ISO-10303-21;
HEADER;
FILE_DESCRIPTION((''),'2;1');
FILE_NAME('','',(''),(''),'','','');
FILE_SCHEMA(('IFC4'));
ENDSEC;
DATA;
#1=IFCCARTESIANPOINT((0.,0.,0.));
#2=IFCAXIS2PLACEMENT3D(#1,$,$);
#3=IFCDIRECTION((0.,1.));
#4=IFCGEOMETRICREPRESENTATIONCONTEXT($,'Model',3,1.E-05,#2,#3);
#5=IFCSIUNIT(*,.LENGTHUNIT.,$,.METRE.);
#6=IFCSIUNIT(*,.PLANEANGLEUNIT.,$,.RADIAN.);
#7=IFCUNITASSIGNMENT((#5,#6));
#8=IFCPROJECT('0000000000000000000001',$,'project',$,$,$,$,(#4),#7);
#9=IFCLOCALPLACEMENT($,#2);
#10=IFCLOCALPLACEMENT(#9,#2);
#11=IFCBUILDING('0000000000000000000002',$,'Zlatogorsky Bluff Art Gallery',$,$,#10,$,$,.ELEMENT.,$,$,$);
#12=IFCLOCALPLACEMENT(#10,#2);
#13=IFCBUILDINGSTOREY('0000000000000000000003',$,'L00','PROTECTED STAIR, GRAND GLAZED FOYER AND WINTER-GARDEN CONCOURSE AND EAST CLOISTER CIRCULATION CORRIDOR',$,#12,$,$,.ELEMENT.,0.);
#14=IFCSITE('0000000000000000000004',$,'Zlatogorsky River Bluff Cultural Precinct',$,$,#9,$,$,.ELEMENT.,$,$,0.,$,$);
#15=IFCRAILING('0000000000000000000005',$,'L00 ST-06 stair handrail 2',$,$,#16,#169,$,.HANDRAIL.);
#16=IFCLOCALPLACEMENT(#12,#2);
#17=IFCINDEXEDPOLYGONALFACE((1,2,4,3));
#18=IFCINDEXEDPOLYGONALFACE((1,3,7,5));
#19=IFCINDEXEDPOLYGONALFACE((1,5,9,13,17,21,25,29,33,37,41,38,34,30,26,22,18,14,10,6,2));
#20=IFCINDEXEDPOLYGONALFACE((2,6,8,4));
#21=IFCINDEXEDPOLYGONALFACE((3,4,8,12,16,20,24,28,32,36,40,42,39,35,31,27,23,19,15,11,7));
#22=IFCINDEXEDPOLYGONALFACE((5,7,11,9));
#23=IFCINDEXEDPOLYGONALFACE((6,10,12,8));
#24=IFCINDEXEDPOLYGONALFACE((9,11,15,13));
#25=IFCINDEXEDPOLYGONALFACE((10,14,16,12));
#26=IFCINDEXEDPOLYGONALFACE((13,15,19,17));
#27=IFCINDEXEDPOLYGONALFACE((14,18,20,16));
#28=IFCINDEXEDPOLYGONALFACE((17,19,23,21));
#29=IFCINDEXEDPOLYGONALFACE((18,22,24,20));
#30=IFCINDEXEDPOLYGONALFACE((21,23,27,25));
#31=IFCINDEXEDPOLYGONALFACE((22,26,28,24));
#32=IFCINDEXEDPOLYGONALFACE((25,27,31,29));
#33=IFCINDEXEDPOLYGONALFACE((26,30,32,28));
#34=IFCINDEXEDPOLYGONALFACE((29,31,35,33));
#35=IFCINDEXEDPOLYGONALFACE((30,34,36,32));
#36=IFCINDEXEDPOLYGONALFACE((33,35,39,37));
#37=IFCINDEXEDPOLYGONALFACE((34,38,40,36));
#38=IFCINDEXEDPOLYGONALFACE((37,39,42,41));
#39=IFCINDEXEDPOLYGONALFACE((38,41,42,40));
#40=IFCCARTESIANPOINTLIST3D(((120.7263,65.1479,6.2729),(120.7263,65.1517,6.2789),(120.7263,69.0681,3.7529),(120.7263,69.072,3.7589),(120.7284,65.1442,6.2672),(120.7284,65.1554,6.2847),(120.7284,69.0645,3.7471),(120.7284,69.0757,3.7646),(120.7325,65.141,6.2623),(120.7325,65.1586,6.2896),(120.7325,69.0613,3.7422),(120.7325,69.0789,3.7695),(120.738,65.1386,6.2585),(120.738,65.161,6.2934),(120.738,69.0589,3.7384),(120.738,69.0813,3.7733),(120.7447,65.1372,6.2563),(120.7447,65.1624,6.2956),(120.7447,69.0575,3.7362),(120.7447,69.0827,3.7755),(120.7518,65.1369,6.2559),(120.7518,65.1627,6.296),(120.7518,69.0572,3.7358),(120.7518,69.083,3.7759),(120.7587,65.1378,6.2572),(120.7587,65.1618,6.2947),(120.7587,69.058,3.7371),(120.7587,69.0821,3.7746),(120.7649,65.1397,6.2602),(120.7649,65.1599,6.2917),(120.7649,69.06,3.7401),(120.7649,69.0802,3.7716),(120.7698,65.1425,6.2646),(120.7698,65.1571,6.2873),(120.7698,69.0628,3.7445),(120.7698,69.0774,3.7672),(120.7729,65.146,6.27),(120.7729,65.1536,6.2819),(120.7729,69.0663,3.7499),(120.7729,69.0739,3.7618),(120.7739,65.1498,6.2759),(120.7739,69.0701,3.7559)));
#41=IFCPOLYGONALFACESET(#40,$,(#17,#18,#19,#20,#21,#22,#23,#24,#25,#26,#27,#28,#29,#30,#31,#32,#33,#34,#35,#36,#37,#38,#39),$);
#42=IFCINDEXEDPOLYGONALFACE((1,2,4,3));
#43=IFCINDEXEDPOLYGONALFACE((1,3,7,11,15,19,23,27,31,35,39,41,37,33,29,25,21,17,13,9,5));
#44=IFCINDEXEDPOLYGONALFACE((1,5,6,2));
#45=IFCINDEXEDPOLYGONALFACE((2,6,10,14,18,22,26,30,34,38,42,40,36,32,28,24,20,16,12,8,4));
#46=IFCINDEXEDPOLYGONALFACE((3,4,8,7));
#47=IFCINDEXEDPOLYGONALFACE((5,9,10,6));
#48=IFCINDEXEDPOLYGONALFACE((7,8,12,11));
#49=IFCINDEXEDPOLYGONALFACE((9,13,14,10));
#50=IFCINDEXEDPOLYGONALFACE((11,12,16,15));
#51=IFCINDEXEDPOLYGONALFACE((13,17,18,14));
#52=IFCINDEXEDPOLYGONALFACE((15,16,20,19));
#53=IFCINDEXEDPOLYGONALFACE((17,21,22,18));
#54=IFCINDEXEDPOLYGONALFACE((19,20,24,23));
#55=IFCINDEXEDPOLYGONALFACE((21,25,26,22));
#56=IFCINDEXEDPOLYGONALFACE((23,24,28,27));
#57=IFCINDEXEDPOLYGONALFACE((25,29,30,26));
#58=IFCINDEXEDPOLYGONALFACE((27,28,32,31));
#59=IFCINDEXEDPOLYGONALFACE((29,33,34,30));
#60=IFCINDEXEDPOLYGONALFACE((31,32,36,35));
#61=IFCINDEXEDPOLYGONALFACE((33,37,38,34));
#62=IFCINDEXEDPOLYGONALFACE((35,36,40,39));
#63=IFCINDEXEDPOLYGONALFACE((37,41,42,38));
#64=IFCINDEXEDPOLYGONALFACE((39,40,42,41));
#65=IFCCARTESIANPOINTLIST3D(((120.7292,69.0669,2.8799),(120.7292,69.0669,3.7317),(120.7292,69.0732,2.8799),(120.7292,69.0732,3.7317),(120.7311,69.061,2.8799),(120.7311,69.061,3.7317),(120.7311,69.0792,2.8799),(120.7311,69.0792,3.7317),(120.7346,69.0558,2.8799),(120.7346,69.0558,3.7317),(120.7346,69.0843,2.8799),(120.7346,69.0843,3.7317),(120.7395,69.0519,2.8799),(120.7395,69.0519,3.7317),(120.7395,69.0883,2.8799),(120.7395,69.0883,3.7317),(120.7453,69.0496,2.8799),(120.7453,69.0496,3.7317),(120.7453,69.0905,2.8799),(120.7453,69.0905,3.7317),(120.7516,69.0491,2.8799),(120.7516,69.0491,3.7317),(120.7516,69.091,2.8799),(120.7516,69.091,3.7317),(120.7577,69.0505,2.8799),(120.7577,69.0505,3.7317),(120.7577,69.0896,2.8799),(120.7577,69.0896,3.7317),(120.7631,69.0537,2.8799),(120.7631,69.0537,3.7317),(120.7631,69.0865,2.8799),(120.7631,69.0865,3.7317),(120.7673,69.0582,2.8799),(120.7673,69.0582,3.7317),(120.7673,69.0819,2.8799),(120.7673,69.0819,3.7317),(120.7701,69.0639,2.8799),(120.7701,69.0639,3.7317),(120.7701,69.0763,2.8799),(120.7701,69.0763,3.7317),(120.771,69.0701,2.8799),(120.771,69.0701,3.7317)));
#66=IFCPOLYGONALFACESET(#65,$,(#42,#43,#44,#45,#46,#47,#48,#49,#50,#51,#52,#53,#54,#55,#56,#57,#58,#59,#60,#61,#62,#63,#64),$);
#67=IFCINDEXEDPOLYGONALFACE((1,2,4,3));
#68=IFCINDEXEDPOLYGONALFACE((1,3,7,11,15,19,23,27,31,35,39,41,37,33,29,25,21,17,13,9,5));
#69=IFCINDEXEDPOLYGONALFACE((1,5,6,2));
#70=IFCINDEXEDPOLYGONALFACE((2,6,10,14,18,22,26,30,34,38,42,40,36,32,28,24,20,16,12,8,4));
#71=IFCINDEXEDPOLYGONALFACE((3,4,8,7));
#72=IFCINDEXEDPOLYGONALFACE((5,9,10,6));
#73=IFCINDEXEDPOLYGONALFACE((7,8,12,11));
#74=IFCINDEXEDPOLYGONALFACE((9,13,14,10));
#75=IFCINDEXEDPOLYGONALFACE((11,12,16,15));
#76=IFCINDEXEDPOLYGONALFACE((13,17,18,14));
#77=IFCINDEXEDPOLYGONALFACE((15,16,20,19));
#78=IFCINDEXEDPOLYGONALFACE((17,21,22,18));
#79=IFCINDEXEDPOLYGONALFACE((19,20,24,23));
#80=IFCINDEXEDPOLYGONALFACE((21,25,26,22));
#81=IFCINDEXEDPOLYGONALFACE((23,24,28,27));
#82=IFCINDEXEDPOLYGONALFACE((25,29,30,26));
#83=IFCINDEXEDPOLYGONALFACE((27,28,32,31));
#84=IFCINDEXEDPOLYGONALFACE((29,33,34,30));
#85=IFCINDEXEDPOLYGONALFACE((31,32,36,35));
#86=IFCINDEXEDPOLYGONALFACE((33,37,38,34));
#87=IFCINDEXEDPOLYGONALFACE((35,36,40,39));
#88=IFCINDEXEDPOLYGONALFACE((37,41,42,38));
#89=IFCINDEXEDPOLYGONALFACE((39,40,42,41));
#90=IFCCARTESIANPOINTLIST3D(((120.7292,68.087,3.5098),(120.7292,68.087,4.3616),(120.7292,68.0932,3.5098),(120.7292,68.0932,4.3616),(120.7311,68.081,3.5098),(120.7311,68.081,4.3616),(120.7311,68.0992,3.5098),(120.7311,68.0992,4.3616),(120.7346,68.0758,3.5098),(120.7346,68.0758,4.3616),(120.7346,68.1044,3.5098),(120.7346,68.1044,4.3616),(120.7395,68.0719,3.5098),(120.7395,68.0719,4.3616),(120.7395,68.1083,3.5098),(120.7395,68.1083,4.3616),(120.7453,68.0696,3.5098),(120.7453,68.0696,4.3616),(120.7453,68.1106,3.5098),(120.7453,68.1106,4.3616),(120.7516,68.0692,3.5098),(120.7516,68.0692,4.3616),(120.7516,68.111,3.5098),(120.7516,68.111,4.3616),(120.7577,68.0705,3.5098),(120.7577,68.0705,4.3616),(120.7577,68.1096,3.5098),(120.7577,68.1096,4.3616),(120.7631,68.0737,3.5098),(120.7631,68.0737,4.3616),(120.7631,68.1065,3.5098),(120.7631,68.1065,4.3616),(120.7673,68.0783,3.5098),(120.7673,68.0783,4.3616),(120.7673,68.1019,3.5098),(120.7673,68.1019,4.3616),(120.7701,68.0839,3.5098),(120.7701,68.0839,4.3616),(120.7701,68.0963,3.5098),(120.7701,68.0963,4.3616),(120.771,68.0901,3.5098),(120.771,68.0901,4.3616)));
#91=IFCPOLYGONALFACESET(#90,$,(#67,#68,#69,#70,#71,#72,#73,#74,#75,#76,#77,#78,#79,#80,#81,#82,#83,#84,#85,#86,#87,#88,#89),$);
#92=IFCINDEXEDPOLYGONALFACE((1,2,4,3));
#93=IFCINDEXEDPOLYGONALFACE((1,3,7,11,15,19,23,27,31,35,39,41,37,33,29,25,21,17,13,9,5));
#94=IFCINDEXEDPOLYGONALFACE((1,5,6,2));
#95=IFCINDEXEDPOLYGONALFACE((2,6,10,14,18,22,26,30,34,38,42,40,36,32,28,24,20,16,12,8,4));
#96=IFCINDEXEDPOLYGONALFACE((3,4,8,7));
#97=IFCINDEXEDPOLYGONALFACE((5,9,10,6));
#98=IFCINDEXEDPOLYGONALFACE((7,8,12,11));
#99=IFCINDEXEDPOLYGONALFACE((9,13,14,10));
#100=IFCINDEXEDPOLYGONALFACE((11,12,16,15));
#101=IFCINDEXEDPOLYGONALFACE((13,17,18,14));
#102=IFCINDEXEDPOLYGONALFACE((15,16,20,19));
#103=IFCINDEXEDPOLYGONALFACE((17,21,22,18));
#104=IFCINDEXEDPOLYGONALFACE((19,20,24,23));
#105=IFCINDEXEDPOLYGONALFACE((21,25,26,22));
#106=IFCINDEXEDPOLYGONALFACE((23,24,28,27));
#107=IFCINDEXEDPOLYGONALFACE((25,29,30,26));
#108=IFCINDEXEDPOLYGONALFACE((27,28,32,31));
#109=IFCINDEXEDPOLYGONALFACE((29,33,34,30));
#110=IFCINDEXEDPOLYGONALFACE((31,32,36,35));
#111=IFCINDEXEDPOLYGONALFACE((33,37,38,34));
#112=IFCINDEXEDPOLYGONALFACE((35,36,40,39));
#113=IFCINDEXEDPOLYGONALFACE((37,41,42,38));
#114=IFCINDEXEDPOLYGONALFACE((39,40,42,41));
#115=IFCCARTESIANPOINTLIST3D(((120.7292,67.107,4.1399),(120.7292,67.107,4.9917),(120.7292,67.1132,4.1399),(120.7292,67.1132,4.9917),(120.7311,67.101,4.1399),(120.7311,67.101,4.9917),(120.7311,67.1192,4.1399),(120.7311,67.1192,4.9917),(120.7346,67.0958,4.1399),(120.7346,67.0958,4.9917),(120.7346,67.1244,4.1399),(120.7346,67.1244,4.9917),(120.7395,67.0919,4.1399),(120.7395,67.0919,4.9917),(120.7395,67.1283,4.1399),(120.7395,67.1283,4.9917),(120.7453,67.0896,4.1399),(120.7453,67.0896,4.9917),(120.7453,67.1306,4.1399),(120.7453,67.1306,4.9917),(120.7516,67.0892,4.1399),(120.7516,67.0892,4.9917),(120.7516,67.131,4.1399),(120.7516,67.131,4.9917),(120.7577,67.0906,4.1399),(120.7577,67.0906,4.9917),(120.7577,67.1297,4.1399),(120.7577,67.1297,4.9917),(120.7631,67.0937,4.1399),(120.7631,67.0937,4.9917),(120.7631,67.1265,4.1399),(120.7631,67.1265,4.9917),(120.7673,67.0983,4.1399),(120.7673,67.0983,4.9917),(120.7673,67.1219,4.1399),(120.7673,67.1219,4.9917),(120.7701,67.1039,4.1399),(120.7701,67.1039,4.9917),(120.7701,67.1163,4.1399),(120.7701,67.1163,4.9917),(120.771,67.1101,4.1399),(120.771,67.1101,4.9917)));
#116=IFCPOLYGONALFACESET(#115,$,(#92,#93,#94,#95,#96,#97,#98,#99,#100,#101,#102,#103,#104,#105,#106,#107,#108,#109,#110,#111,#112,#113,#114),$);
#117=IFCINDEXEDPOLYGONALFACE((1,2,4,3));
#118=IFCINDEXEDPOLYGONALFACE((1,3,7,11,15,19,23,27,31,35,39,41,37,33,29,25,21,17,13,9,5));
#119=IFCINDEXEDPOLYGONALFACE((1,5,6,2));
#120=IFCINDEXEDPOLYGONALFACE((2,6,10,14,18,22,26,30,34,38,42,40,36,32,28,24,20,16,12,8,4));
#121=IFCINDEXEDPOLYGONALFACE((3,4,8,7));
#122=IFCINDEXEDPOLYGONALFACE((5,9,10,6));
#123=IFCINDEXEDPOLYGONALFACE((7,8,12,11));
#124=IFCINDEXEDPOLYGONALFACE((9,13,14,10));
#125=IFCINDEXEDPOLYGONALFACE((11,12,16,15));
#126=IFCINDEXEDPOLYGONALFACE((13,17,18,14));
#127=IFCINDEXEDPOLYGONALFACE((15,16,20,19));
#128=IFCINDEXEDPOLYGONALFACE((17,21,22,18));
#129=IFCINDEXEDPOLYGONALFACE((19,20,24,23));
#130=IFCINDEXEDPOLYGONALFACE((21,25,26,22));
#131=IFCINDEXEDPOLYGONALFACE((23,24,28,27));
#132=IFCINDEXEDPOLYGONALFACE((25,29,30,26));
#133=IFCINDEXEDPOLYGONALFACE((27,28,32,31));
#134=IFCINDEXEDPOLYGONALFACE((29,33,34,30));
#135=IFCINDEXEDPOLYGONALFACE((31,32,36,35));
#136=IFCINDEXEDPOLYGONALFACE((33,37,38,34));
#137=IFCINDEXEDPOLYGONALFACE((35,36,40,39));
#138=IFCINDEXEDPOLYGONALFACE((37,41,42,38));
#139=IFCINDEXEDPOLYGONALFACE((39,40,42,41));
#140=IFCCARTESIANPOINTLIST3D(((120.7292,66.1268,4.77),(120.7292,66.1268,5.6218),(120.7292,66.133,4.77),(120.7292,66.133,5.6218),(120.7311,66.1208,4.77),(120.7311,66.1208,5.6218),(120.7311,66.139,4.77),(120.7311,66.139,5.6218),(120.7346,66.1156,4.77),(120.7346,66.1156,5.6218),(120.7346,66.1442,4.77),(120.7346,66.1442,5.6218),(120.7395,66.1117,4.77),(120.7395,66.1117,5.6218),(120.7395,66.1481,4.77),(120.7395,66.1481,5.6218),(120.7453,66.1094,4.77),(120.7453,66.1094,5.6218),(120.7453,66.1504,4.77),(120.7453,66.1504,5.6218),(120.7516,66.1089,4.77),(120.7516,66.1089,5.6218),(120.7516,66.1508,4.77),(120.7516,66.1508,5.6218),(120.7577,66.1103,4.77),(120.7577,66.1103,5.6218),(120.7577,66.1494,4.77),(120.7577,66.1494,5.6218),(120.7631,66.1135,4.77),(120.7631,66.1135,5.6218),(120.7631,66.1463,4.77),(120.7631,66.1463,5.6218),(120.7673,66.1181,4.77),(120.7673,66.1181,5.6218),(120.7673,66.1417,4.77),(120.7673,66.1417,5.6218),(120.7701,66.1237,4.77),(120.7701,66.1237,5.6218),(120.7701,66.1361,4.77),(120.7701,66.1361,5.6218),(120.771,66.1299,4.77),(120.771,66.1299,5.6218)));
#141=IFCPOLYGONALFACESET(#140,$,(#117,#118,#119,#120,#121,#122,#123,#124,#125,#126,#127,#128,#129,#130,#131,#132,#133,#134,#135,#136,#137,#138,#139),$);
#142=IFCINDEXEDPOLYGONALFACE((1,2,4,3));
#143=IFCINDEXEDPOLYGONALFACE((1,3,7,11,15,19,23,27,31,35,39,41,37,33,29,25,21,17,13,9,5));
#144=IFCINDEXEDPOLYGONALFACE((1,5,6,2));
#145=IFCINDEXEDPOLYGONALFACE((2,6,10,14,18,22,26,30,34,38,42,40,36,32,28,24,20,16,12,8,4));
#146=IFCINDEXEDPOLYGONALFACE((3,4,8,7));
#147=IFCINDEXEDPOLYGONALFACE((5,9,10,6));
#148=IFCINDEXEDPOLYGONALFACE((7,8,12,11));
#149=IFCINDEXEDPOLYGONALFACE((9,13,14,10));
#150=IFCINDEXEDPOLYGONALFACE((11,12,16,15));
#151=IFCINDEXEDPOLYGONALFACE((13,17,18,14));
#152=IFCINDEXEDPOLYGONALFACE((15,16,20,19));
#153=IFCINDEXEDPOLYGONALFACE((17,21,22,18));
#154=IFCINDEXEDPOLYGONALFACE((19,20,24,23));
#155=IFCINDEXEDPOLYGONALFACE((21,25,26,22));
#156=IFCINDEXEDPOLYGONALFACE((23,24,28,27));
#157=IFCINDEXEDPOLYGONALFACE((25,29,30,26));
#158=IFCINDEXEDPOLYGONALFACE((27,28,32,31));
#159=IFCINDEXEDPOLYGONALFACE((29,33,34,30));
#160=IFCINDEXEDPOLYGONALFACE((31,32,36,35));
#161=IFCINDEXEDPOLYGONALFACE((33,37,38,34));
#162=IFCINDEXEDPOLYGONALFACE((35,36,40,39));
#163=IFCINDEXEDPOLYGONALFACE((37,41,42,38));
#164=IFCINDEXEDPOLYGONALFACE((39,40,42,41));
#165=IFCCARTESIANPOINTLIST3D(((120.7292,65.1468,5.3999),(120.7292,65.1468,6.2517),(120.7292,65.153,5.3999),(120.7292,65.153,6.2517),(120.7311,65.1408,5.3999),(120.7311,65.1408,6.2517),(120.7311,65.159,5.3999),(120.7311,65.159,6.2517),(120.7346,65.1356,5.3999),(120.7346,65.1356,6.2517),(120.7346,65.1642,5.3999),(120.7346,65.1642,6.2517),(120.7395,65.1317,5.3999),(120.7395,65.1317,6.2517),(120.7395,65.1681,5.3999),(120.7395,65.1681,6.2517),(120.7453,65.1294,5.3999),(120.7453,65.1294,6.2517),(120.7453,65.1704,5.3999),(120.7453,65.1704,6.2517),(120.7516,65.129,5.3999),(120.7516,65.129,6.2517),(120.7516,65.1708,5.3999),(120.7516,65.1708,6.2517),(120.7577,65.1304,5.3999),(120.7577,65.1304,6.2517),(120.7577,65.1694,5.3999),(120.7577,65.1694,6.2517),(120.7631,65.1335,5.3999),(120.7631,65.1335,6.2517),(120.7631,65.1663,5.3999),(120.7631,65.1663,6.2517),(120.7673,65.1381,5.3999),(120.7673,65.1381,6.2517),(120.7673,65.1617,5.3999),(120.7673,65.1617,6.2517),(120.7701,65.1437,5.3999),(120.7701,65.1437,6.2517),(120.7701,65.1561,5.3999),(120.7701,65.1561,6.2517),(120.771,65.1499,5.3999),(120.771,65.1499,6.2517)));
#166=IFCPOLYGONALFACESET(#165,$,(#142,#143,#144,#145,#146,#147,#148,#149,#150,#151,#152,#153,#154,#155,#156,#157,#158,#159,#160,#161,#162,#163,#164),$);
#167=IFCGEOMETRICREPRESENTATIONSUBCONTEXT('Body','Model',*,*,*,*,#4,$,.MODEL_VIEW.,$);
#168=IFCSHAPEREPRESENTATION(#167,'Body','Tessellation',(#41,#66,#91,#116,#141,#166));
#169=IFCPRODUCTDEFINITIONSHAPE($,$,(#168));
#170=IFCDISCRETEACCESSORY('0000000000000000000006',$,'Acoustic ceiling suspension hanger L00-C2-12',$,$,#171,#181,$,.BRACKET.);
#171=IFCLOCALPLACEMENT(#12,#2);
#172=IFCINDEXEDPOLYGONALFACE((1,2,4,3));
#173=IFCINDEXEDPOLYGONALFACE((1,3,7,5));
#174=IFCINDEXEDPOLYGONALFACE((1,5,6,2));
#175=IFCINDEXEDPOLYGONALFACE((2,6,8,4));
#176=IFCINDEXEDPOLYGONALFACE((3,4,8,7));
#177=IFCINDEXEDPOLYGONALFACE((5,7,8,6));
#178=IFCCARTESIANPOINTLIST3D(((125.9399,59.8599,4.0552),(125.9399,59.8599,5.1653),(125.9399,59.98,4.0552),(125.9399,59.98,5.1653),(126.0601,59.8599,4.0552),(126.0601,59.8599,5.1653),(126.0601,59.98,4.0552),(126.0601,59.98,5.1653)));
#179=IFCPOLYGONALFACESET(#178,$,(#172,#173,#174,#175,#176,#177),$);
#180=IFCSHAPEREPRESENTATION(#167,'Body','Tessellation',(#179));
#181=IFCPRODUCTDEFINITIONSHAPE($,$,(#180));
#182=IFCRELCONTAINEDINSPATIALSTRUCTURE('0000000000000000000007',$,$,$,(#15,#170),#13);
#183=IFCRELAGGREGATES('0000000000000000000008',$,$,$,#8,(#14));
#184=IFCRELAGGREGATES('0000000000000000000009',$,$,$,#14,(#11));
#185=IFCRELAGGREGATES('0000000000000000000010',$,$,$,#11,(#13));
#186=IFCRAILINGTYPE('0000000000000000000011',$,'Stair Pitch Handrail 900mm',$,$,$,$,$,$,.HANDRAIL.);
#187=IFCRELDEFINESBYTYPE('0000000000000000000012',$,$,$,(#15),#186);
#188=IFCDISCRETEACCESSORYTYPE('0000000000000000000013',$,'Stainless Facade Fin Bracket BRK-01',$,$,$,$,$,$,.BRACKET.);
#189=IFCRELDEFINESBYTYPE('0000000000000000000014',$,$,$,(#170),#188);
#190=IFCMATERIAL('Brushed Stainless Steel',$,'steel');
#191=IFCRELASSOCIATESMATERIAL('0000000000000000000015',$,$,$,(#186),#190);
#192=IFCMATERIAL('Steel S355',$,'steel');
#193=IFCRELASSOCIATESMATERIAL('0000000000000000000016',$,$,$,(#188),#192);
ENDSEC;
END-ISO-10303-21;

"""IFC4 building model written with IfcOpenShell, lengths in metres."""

from ifc_helpers import new_model, si_unit, direction, frame, origin, origin_2d, place, context, subcontext, project, spatial, rectangle, circle, extrude, material, type_object, element, save


model = new_model("IFC4")

# Units and contexts
model_context = context("Model", 3, precision=1e-05, world=origin(), true_north=direction((0.0, 1.0)))
body_context = subcontext(model_context, "Body", "Model", "MODEL_VIEW")
ifc_project = project(units=[si_unit("LENGTHUNIT", "METRE"), si_unit("PLANEANGLEUNIT", "RADIAN")], contexts=[model_context])

# Site, building, storey
site_placement = place(None, origin())
site = spatial("IfcSite", under=ifc_project, at=site_placement, Name="Zlatogorsky River Bluff Cultural Precinct", CompositionType="ELEMENT", RefElevation=0.0)
building_placement = place(site_placement, origin())
building = spatial("IfcBuilding", under=site, at=building_placement, Name="Zlatogorsky Bluff Art Gallery", CompositionType="ELEMENT")
storey_placement = place(building_placement, origin())
storey = spatial("IfcBuildingStorey", under=building, at=storey_placement, Name="L00", Description="PROTECTED STAIR, GRAND GLAZED FOYER AND WINTER-GARDEN CONCOURSE AND EAST CLOISTER CIRCULATION CORRIDOR", CompositionType="ELEMENT", Elevation=0.0)

# Shared definitions
ifc_material_1 = material(Name="Steel S355", Category="steel")

# Railing
ifc_material_2 = material(Name="Brushed Stainless Steel", Category="steel")
railing_type_1 = type_object("IfcRailingType", Name="Stair Pitch Handrail 900mm", PredefinedType="HANDRAIL", material=ifc_material_2)
railing_1_placement = place(storey_placement, frame((120.75, 69.0701, 2.8799)))
element("IfcRailing", 1, at=railing_1_placement, inside=storey, type_object=railing_type_1, Name="L00 ST-06 stair handrail 2", PredefinedType="HANDRAIL", context=body_context, shape_type="SweptSolid", body=[
    extrude(circle(Radius=0.0239, at=origin_2d()), frame((0.0, 0.0, 0.876), z_axis=(0.0, -0.841187, 0.540744), x_axis=(1.0, 0.0, 0.0)), (0.0, 0.0, 1.0), 4.6604),
    extrude(circle(Radius=0.021, at=origin_2d()), origin(), (0.0, 0.0, 1.0), 0.8518),
    extrude(circle(Radius=0.021, at=origin_2d()), frame((0.0, -0.98, 0.6299)), (0.0, 0.0, 1.0), 0.8518),
    extrude(circle(Radius=0.021, at=origin_2d()), frame((0.0, -1.96, 1.26)), (0.0, 0.0, 1.0), 0.8518),
    extrude(circle(Radius=0.021, at=origin_2d()), frame((0.0, -2.9402, 1.8901)), (0.0, 0.0, 1.0), 0.8518),
    extrude(circle(Radius=0.021, at=origin_2d()), frame((0.0, -3.9202, 2.52)), (0.0, 0.0, 1.0), 0.8518),
])

# Discrete accessory
discrete_accessory_type = type_object("IfcDiscreteAccessoryType", Name="Stainless Facade Fin Bracket BRK-01", PredefinedType="BRACKET", material=ifc_material_1)
discrete_accessory_placement = place(storey_placement, frame((126.0, 59.9199, 4.0552), z_axis=(0.0, 0.0, 1.0), x_axis=(1.0, 0.0, 0.0)))
element("IfcDiscreteAccessory", 2, at=discrete_accessory_placement, inside=storey, type_object=discrete_accessory_type, Name="Acoustic ceiling suspension hanger L00-C2-12", PredefinedType="BRACKET", context=body_context, shape_type="SweptSolid", body=[
    extrude(rectangle(XDim=0.1201, YDim=0.1201, at=origin_2d()), origin(), (0.0, 0.0, 1.0), 1.1101),
])

save(model, "model.ifc")
